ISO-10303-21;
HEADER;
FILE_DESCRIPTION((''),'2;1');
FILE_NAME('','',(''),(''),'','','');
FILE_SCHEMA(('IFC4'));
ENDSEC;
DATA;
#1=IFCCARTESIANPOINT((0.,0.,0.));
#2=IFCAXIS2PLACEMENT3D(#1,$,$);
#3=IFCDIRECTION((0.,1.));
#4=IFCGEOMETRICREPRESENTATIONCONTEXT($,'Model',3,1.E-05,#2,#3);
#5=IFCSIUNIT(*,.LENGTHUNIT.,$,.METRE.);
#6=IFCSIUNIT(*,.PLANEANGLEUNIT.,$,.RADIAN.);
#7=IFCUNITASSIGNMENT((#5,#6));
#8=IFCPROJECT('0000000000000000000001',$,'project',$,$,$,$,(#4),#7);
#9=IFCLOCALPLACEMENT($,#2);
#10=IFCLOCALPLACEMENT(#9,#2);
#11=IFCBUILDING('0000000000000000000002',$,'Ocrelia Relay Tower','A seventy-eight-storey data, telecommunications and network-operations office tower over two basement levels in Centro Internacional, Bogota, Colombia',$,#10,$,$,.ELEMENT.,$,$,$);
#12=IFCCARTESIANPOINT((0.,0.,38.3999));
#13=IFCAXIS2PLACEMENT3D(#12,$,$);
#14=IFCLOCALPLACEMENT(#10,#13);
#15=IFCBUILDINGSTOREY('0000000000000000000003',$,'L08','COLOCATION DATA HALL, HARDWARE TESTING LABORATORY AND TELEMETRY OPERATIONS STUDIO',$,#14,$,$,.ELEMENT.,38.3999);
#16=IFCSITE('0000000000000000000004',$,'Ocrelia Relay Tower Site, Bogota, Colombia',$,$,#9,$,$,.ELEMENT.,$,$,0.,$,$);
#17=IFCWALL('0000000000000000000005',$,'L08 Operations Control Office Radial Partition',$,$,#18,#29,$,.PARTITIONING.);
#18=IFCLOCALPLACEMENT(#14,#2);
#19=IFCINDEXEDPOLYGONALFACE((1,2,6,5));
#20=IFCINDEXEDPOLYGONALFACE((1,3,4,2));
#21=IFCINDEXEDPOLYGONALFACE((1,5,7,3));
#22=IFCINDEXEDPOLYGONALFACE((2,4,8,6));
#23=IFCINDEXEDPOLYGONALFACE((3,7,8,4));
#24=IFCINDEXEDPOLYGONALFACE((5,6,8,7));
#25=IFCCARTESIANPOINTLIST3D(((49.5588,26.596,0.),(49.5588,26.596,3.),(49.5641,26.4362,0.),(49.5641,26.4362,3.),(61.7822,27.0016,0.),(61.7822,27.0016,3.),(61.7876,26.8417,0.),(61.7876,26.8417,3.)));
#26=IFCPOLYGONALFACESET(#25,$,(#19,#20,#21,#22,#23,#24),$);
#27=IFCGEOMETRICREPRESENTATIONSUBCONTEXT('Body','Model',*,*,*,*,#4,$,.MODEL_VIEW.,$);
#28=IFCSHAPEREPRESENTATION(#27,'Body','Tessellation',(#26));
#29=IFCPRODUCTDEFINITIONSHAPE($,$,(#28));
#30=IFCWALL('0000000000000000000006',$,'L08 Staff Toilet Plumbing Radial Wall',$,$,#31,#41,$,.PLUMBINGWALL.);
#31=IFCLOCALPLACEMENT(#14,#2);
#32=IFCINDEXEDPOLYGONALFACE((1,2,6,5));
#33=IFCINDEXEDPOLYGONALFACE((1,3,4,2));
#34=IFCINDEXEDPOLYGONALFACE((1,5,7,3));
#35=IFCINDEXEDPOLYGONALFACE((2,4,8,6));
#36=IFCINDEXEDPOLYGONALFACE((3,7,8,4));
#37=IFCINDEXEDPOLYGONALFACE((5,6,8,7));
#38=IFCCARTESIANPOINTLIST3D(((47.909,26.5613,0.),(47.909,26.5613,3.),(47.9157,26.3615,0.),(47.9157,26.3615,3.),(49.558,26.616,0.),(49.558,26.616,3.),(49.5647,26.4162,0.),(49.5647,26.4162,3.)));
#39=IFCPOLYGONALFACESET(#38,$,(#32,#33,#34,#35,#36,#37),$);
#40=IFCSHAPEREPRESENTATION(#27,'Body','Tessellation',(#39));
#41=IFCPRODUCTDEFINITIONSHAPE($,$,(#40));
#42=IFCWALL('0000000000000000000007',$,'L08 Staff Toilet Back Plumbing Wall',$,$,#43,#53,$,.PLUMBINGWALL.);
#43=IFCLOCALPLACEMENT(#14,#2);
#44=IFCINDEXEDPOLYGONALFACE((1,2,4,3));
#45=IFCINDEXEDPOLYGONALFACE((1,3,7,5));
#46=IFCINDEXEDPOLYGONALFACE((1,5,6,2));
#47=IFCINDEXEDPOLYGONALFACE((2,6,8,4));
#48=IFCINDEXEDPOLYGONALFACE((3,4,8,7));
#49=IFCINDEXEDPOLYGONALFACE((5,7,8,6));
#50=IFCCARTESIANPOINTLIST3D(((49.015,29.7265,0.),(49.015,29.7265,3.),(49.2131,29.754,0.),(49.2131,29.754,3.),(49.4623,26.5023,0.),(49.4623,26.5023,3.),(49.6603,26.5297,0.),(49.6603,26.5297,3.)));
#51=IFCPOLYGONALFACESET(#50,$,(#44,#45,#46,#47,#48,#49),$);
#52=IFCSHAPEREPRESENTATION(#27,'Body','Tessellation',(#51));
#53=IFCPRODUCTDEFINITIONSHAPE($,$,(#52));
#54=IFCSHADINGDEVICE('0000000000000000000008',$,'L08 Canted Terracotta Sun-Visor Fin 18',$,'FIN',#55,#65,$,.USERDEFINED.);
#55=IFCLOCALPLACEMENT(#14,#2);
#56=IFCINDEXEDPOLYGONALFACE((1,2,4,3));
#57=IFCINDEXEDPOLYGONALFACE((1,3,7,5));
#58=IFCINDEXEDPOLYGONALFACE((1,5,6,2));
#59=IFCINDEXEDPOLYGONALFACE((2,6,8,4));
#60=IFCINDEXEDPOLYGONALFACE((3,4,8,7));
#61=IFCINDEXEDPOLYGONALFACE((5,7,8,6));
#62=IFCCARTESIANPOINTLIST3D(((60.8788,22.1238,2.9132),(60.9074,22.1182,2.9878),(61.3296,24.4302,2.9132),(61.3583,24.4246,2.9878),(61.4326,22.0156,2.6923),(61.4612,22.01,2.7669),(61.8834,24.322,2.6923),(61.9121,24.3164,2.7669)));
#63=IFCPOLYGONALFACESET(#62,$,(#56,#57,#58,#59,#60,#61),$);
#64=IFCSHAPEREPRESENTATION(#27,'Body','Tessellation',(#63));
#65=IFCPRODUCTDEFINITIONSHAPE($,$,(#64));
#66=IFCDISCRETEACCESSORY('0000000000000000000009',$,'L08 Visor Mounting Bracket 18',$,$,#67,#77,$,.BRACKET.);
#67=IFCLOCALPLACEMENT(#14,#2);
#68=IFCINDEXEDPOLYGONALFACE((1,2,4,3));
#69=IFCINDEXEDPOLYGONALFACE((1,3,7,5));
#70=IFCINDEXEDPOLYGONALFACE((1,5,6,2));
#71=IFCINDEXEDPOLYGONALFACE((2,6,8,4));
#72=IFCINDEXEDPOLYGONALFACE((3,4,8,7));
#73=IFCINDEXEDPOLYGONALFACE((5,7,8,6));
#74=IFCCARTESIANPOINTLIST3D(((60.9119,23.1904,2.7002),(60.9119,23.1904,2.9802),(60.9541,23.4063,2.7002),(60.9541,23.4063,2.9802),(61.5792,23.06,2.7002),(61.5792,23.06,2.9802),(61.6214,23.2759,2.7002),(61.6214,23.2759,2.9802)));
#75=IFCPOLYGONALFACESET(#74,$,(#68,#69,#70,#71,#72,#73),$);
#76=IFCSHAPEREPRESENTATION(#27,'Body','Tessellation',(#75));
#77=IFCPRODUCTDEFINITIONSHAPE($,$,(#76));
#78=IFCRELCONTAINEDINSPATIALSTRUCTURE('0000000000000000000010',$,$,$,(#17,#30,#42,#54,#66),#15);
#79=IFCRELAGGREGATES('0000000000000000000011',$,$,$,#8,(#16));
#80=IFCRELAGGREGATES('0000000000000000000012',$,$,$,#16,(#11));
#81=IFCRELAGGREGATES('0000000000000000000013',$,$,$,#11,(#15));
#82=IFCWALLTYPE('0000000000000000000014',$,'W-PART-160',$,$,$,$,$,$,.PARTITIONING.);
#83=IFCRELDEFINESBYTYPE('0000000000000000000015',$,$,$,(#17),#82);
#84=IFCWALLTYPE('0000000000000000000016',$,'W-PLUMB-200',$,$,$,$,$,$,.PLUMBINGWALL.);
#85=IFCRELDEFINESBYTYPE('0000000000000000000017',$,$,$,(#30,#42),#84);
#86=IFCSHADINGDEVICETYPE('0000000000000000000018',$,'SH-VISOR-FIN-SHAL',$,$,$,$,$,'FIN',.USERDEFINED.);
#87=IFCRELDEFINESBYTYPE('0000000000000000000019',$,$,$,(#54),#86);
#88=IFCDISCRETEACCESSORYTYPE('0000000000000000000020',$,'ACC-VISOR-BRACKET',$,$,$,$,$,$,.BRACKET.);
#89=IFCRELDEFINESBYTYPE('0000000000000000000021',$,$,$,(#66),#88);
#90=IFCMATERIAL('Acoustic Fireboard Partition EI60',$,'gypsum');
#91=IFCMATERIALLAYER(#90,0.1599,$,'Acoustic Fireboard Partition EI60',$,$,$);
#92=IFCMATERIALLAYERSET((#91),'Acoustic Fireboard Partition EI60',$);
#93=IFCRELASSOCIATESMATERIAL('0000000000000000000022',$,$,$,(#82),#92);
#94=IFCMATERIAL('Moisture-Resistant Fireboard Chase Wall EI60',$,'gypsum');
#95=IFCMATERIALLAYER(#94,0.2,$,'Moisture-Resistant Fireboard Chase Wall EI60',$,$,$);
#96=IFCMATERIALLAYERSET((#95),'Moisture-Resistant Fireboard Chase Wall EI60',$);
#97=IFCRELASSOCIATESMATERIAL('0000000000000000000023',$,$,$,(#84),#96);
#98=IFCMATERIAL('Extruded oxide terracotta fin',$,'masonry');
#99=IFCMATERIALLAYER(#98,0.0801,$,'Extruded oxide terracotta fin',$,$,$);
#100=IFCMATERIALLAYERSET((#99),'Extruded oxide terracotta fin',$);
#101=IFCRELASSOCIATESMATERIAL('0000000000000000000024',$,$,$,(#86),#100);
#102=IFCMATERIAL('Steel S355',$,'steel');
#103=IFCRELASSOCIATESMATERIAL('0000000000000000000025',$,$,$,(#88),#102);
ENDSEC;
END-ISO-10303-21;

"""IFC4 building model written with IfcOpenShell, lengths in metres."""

from ifc_helpers import new_model, si_unit, direction, frame, frame_2d, origin, origin_2d, place, context, subcontext, project, spatial, rectangle, extrude, material, layer, layer_set, type_object, element, save


model = new_model("IFC4")

# Units and contexts
model_context = context("Model", 3, precision=1e-05, world=origin(), true_north=direction((0.0, 1.0)))
body_context = subcontext(model_context, "Body", "Model", "MODEL_VIEW")
ifc_project = project(units=[si_unit("LENGTHUNIT", "METRE"), si_unit("PLANEANGLEUNIT", "RADIAN")], contexts=[model_context])

# Site, building, storey
site_placement = place(None, origin())
site = spatial("IfcSite", under=ifc_project, at=site_placement, Name="Ocrelia Relay Tower Site, Bogota, Colombia", CompositionType="ELEMENT", RefElevation=0.0)
building_placement = place(site_placement, origin())
building = spatial("IfcBuilding", under=site, at=building_placement, Name="Ocrelia Relay Tower", Description="A seventy-eight-storey data, telecommunications and network-operations office tower over two basement levels in Centro Internacional, Bogota, Colombia", CompositionType="ELEMENT")
storey_placement = place(building_placement, frame((0.0, 0.0, 38.3999)))
storey = spatial("IfcBuildingStorey", under=building, at=storey_placement, Name="L08", Description="COLOCATION DATA HALL, HARDWARE TESTING LABORATORY AND TELEMETRY OPERATIONS STUDIO", CompositionType="ELEMENT", Elevation=38.3999)

# Shared definitions
ifc_material_1 = material(Name="Steel S355", Category="steel")

# Walls
ifc_material_2 = material(Name="Acoustic Fireboard Partition EI60", Category="gypsum")
ifc_layer_1 = layer(ifc_material_2, 0.1599, Name="Acoustic Fireboard Partition EI60")
ifc_layer_set_1 = layer_set([ifc_layer_1], Name="Acoustic Fireboard Partition EI60")
wall_type_1 = type_object("IfcWallType", Name="W-PART-160", PredefinedType="PARTITIONING", material=ifc_layer_set_1)
wall_1_placement = place(storey_placement, frame((49.5613, 26.5161, 0.0), z_axis=(0.0, 0.0, 1.0), x_axis=(0.99945, 0.033157, 0.0)))
element("IfcWall", 1, at=wall_1_placement, inside=storey, type_object=wall_type_1, Name="L08 Operations Control Office Radial Partition", PredefinedType="PARTITIONING", context=body_context, shape_type="SweptSolid", body=[
    extrude(rectangle(XDim=12.2302, YDim=0.1599, at=frame_2d((6.1152, 0.0))), origin(), (0.0, 0.0, 1.0), 3.0),
])
ifc_material_3 = material(Name="Moisture-Resistant Fireboard Chase Wall EI60", Category="gypsum")
ifc_layer_2 = layer(ifc_material_3, 0.2, Name="Moisture-Resistant Fireboard Chase Wall EI60")
ifc_layer_set_2 = layer_set([ifc_layer_2], Name="Moisture-Resistant Fireboard Chase Wall EI60")
wall_type_2 = type_object("IfcWallType", Name="W-PLUMB-200", PredefinedType="PLUMBINGWALL", material=ifc_layer_set_2)
wall_2_placement = place(storey_placement, frame((47.9124, 26.4614, 0.0), z_axis=(0.0, 0.0, 1.0), x_axis=(0.99945, 0.033147, 0.0)))
element("IfcWall", 2, at=wall_2_placement, inside=storey, type_object=wall_type_2, Name="L08 Staff Toilet Plumbing Radial Wall", PredefinedType="PLUMBINGWALL", context=body_context, shape_type="SweptSolid", body=[
    extrude(rectangle(XDim=1.6499, YDim=0.2, at=frame_2d((0.825, 0.0))), origin(), (0.0, 0.0, 1.0), 3.0),
])
wall_3_placement = place(storey_placement, frame((49.5613, 26.5161, 0.0), z_axis=(0.0, 0.0, 1.0), x_axis=(-0.137399, 0.990516, 0.0)))
element("IfcWall", 3, at=wall_3_placement, inside=storey, type_object=wall_type_2, Name="L08 Staff Toilet Back Plumbing Wall", PredefinedType="PLUMBINGWALL", context=body_context, shape_type="SweptSolid", body=[
    extrude(rectangle(XDim=3.2551, YDim=0.2, at=frame_2d((1.6274, 0.0))), origin(), (0.0, 0.0, 1.0), 3.0),
])

# Shading device
ifc_material_4 = material(Name="Extruded oxide terracotta fin", Category="masonry")
ifc_layer_3 = layer(ifc_material_4, 0.0801, Name="Extruded oxide terracotta fin")
ifc_layer_set_3 = layer_set([ifc_layer_3], Name="Extruded oxide terracotta fin")
shading_device_type = type_object("IfcShadingDeviceType", Name="SH-VISOR-FIN-SHAL", ElementType="FIN", PredefinedType="USERDEFINED", material=ifc_layer_set_3)
shading_device_placement = place(storey_placement, frame((61.3811, 23.2229, 2.8027), z_axis=(0.357781, -0.069936, 0.931183), x_axis=(0.191841, 0.981426, 0.0)))
element("IfcShadingDevice", 4, at=shading_device_placement, inside=storey, type_object=shading_device_type, Name="L08 Canted Terracotta Sun-Visor Fin 18", ObjectType="FIN", PredefinedType="USERDEFINED", context=body_context, shape_type="SweptSolid", body=[
    extrude(rectangle(XDim=2.3501, YDim=0.606, at=origin_2d()), origin(), (0.0, 0.0, 1.0), 0.0801),
])

# Discrete accessory
discrete_accessory_type = type_object("IfcDiscreteAccessoryType", Name="ACC-VISOR-BRACKET", PredefinedType="BRACKET", material=ifc_material_1)
discrete_accessory_placement = place(storey_placement, frame((61.2666, 23.2332, 2.7002), z_axis=(0.0, 0.0, 1.0), x_axis=(0.191841, 0.981426, 0.0)))
element("IfcDiscreteAccessory", 5, at=discrete_accessory_placement, inside=storey, type_object=discrete_accessory_type, Name="L08 Visor Mounting Bracket 18", PredefinedType="BRACKET", context=body_context, shape_type="SweptSolid", body=[
    extrude(rectangle(XDim=0.22, YDim=0.6799, at=origin_2d()), origin(), (0.0, 0.0, 1.0), 0.28),
])

save(model, "model.ifc")
